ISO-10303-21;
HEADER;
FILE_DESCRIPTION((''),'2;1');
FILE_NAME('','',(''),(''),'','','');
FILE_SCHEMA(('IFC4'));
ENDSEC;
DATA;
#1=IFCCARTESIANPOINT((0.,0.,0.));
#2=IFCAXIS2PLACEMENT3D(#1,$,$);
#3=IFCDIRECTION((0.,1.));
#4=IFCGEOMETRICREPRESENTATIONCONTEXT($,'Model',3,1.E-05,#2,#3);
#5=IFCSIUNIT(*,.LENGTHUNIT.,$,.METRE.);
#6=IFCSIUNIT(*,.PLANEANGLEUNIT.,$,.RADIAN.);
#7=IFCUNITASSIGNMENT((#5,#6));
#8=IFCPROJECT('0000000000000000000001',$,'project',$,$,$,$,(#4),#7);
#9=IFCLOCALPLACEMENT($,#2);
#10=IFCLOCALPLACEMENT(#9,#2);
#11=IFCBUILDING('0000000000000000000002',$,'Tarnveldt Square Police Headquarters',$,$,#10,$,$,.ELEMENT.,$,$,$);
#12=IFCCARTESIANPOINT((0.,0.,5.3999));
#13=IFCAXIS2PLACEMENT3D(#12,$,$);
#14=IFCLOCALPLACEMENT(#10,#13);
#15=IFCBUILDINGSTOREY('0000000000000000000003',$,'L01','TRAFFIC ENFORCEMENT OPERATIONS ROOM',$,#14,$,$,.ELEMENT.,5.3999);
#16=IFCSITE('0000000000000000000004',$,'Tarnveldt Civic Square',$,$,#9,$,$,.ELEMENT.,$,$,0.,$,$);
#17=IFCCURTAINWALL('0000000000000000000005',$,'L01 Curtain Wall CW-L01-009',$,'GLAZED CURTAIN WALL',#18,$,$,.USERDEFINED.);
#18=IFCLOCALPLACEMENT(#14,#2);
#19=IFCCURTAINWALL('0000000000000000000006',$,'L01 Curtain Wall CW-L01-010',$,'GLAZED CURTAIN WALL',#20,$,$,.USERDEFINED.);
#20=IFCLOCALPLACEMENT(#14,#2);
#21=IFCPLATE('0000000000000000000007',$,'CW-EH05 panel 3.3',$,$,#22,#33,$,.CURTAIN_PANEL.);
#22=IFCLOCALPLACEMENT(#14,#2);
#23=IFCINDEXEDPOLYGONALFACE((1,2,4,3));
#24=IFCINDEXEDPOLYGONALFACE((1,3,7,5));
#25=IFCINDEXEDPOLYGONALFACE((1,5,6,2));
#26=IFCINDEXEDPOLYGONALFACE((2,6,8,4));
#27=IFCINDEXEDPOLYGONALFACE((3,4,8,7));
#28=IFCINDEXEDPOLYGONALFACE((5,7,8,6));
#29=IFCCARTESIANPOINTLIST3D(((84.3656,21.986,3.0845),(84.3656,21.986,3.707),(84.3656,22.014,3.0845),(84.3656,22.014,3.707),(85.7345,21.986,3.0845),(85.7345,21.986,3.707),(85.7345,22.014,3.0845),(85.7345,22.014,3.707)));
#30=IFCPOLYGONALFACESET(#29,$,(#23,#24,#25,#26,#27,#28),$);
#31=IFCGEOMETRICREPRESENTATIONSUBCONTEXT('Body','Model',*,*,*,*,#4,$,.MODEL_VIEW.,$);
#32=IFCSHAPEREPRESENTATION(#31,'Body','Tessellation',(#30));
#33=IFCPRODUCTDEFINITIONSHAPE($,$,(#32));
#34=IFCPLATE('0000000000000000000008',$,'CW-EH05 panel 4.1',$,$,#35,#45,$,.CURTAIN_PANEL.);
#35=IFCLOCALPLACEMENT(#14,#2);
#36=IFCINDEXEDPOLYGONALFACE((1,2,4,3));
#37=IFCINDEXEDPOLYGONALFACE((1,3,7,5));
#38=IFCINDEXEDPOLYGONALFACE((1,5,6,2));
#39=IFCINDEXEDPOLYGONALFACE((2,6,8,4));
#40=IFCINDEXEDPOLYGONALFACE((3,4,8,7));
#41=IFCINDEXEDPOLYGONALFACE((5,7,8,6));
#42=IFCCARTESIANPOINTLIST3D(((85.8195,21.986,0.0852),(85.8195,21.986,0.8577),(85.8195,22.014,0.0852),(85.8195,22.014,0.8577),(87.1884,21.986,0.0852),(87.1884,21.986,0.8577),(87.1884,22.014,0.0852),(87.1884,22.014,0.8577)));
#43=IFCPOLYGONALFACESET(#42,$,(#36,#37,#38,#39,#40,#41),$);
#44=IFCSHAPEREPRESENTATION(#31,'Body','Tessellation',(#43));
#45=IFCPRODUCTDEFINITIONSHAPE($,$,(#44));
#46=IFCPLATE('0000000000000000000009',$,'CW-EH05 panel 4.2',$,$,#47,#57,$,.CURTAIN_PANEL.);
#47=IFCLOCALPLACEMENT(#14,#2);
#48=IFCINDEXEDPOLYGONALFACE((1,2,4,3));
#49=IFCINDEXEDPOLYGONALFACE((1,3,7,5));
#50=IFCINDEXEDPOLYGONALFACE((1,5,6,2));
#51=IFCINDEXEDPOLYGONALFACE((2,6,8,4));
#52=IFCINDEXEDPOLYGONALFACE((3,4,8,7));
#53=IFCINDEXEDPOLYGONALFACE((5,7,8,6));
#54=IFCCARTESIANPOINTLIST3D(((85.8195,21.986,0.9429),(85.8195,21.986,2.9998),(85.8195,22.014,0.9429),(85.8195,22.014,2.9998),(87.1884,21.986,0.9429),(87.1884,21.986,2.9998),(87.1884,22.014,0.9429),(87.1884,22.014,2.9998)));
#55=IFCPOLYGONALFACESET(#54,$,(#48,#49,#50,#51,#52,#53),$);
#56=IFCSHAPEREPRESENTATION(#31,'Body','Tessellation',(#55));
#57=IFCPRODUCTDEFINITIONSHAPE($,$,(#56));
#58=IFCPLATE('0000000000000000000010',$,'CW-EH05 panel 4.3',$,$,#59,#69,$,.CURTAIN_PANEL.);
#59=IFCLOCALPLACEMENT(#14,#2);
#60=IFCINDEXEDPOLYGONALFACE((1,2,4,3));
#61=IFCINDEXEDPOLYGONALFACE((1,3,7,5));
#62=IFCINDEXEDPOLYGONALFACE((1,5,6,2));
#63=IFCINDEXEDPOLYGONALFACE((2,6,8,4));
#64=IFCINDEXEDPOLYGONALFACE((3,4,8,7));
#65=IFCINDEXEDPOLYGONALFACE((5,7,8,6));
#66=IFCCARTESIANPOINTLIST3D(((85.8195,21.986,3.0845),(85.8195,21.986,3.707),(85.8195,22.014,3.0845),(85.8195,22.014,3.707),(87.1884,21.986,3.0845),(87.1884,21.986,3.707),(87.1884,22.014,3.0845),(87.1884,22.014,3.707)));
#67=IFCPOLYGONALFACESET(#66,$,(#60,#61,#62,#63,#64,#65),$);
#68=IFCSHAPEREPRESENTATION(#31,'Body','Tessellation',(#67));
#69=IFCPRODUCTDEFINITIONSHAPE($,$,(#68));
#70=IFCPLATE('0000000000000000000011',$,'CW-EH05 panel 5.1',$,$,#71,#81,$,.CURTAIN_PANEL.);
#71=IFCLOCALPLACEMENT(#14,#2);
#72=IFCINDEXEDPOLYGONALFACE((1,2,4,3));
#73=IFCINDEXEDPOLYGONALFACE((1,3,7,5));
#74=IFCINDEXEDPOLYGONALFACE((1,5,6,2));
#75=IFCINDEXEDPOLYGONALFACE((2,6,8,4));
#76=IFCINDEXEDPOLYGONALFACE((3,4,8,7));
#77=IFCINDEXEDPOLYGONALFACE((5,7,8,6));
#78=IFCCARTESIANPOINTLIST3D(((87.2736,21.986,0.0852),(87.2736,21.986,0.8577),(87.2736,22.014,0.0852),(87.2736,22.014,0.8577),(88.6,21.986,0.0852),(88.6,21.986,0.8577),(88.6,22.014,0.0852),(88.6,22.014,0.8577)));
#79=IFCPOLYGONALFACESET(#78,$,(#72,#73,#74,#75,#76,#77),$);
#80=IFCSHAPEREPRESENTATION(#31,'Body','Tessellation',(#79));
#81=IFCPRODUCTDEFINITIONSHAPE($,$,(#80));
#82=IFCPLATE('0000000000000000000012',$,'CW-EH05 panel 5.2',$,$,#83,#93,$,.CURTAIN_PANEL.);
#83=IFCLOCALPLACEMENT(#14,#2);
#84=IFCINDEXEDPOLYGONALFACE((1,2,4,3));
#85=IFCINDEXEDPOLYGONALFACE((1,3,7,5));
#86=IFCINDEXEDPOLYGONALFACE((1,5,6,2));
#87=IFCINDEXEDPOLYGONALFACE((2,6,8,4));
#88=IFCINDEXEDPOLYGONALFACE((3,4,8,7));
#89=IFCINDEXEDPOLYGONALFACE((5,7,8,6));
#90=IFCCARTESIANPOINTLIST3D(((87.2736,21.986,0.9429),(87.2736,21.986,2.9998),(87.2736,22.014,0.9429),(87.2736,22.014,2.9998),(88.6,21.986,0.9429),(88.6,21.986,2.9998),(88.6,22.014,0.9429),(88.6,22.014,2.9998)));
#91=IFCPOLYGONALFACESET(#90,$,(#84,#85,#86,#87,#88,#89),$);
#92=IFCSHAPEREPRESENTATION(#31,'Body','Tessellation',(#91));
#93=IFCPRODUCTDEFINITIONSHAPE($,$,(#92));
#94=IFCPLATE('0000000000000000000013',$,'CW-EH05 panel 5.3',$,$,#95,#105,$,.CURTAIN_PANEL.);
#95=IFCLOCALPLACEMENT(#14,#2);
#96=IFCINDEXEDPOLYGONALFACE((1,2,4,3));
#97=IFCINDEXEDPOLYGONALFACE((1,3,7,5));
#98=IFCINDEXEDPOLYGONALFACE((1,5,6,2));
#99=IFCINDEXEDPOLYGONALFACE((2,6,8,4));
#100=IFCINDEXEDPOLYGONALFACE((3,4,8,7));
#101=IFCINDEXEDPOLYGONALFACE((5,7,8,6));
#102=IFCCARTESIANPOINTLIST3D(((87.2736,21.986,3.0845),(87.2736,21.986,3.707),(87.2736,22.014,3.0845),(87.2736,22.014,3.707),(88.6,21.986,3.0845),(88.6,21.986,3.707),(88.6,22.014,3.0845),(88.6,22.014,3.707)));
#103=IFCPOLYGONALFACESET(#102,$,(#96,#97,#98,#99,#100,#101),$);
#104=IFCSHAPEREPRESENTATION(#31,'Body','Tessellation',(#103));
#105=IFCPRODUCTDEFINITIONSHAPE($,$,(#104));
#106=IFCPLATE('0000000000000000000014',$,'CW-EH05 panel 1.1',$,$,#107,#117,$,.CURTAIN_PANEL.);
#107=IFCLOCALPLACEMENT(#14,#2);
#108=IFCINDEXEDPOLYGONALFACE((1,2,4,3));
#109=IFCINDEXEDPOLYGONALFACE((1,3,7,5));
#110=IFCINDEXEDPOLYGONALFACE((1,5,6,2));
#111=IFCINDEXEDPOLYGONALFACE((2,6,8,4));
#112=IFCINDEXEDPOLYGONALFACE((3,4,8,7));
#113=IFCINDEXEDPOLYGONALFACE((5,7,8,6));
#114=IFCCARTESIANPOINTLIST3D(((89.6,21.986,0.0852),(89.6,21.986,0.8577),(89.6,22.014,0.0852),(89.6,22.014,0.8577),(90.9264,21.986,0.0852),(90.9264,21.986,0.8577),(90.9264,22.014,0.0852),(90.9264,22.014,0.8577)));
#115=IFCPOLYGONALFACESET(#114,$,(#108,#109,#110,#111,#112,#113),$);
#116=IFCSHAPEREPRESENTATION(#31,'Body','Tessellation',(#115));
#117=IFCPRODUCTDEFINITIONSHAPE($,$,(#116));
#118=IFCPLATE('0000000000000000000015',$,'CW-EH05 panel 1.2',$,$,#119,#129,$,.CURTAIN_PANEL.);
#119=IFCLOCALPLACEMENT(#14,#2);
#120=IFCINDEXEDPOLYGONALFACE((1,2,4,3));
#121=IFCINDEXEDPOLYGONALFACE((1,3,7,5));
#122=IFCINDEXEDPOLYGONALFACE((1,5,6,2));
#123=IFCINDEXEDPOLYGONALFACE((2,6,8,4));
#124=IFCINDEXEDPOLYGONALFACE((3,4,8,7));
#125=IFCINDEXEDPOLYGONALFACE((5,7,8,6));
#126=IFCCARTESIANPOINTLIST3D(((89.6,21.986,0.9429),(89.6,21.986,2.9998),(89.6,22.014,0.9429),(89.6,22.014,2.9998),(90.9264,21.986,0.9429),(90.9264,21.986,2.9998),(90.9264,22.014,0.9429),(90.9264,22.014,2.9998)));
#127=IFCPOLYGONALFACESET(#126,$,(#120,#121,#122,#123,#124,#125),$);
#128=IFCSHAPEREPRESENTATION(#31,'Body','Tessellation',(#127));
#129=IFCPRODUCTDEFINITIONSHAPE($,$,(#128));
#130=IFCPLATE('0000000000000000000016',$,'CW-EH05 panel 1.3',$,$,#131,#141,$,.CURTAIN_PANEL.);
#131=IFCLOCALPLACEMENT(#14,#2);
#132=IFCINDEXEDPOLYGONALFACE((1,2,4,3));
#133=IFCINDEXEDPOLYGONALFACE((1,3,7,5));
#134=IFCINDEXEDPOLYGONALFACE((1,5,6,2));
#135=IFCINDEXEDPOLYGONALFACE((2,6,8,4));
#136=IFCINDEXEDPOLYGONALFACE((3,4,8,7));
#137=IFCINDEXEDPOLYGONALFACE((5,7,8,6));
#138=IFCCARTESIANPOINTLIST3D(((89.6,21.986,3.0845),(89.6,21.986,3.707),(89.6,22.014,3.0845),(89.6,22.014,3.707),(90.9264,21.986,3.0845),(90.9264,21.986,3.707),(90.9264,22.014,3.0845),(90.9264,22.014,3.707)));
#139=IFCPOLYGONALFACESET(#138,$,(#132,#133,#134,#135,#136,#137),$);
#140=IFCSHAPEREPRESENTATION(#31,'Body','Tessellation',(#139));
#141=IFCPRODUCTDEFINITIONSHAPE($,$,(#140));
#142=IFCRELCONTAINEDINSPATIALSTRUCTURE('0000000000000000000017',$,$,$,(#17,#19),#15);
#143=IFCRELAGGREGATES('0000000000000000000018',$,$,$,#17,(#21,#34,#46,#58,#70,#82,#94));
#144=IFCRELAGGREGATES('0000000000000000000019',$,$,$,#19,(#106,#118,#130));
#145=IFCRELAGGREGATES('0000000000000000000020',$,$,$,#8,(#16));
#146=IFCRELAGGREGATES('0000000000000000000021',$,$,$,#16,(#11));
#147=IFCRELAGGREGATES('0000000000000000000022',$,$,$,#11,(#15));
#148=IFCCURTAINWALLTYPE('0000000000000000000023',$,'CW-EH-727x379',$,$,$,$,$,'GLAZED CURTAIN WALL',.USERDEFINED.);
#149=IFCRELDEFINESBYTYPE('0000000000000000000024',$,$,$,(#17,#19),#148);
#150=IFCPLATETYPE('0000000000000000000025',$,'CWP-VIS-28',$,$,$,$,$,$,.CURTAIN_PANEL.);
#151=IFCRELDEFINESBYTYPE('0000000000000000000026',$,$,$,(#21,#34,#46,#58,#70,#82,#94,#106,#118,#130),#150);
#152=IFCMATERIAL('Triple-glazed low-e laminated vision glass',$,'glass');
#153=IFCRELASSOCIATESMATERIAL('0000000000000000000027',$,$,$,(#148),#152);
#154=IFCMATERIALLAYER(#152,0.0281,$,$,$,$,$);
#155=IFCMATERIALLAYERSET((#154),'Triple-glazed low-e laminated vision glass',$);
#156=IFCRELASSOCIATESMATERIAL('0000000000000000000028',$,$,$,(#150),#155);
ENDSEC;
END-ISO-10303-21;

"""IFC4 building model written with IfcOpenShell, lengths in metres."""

from ifc_helpers import new_model, si_unit, direction, frame, origin, origin_2d, place, context, subcontext, project, spatial, rectangle, extrude, material, layer, layer_set, type_object, element, aggregate, save


model = new_model("IFC4")

# Units and contexts
model_context = context("Model", 3, precision=1e-05, world=origin(), true_north=direction((0.0, 1.0)))
body_context = subcontext(model_context, "Body", "Model", "MODEL_VIEW")
ifc_project = project(units=[si_unit("LENGTHUNIT", "METRE"), si_unit("PLANEANGLEUNIT", "RADIAN")], contexts=[model_context])

# Site, building, storey
site_placement = place(None, origin())
site = spatial("IfcSite", under=ifc_project, at=site_placement, Name="Tarnveldt Civic Square", CompositionType="ELEMENT", RefElevation=0.0)
building_placement = place(site_placement, origin())
building = spatial("IfcBuilding", under=site, at=building_placement, Name="Tarnveldt Square Police Headquarters", CompositionType="ELEMENT")
storey_placement = place(building_placement, frame((0.0, 0.0, 5.3999)))
storey = spatial("IfcBuildingStorey", under=building, at=storey_placement, Name="L01", Description="TRAFFIC ENFORCEMENT OPERATIONS ROOM", CompositionType="ELEMENT", Elevation=5.3999)

# Curtain walls
ifc_material_1 = material(Name="Triple-glazed low-e laminated vision glass", Category="glass")
curtain_wall_type = type_object("IfcCurtainWallType", Name="CW-EH-727x379", ElementType="GLAZED CURTAIN WALL", PredefinedType="USERDEFINED", material=ifc_material_1)
curtain_wall_1_placement = place(storey_placement, origin())
curtain_wall_1 = element("IfcCurtainWall", 1, at=curtain_wall_1_placement, inside=storey, type_object=curtain_wall_type, Name="L01 Curtain Wall CW-L01-009", ObjectType="GLAZED CURTAIN WALL", PredefinedType="USERDEFINED")
curtain_wall_2_placement = place(storey_placement, origin())
curtain_wall_2 = element("IfcCurtainWall", 2, at=curtain_wall_2_placement, inside=storey, type_object=curtain_wall_type, Name="L01 Curtain Wall CW-L01-010", ObjectType="GLAZED CURTAIN WALL", PredefinedType="USERDEFINED")

# Plates
ifc_layer = layer(ifc_material_1, 0.0281)
ifc_layer_set = layer_set([ifc_layer], Name="Triple-glazed low-e laminated vision glass")
plate_type = type_object("IfcPlateType", Name="CWP-VIS-28", PredefinedType="CURTAIN_PANEL", material=ifc_layer_set)
plate_1_placement = place(storey_placement, frame((85.05, 22.0, 3.0845), z_axis=(0.0, 0.0, 1.0), x_axis=(1.0, 0.0, 0.0)))
plate_1 = element("IfcPlate", 3, at=plate_1_placement, type_object=plate_type, Name="CW-EH05 panel 3.3", PredefinedType="CURTAIN_PANEL", context=body_context, shape_type="SweptSolid", body=[
    extrude(rectangle(XDim=1.3689, YDim=0.0281, at=origin_2d()), origin(), (0.0, 0.0, 1.0), 0.6226),
])
plate_2_placement = place(storey_placement, frame((86.5039, 22.0, 0.0852), z_axis=(0.0, 0.0, 1.0), x_axis=(1.0, 0.0, 0.0)))
plate_2 = element("IfcPlate", 4, at=plate_2_placement, type_object=plate_type, Name="CW-EH05 panel 4.1", PredefinedType="CURTAIN_PANEL", context=body_context, shape_type="SweptSolid", body=[
    extrude(rectangle(XDim=1.3689, YDim=0.0281, at=origin_2d()), origin(), (0.0, 0.0, 1.0), 0.7725),
])
plate_3_placement = place(storey_placement, frame((86.5039, 22.0, 0.9429), z_axis=(0.0, 0.0, 1.0), x_axis=(1.0, 0.0, 0.0)))
plate_3 = element("IfcPlate", 5, at=plate_3_placement, type_object=plate_type, Name="CW-EH05 panel 4.2", PredefinedType="CURTAIN_PANEL", context=body_context, shape_type="SweptSolid", body=[
    extrude(rectangle(XDim=1.3689, YDim=0.0281, at=origin_2d()), origin(), (0.0, 0.0, 1.0), 2.0569),
])
plate_4_placement = place(storey_placement, frame((86.5039, 22.0, 3.0845), z_axis=(0.0, 0.0, 1.0), x_axis=(1.0, 0.0, 0.0)))
plate_4 = element("IfcPlate", 6, at=plate_4_placement, type_object=plate_type, Name="CW-EH05 panel 4.3", PredefinedType="CURTAIN_PANEL", context=body_context, shape_type="SweptSolid", body=[
    extrude(rectangle(XDim=1.3689, YDim=0.0281, at=origin_2d()), origin(), (0.0, 0.0, 1.0), 0.6226),
])
plate_5_placement = place(storey_placement, frame((87.9368, 22.0, 0.0852), z_axis=(0.0, 0.0, 1.0), x_axis=(1.0, 0.0, 0.0)))
plate_5 = element("IfcPlate", 7, at=plate_5_placement, type_object=plate_type, Name="CW-EH05 panel 5.1", PredefinedType="CURTAIN_PANEL", context=body_context, shape_type="SweptSolid", body=[
    extrude(rectangle(XDim=1.3264, YDim=0.0281, at=origin_2d()), origin(), (0.0, 0.0, 1.0), 0.7725),
])
plate_6_placement = place(storey_placement, frame((87.9368, 22.0, 0.9429), z_axis=(0.0, 0.0, 1.0), x_axis=(1.0, 0.0, 0.0)))
plate_6 = element("IfcPlate", 8, at=plate_6_placement, type_object=plate_type, Name="CW-EH05 panel 5.2", PredefinedType="CURTAIN_PANEL", context=body_context, shape_type="SweptSolid", body=[
    extrude(rectangle(XDim=1.3264, YDim=0.0281, at=origin_2d()), origin(), (0.0, 0.0, 1.0), 2.0569),
])
plate_7_placement = place(storey_placement, frame((87.9368, 22.0, 3.0845), z_axis=(0.0, 0.0, 1.0), x_axis=(1.0, 0.0, 0.0)))
plate_7 = element("IfcPlate", 9, at=plate_7_placement, type_object=plate_type, Name="CW-EH05 panel 5.3", PredefinedType="CURTAIN_PANEL", context=body_context, shape_type="SweptSolid", body=[
    extrude(rectangle(XDim=1.3264, YDim=0.0281, at=origin_2d()), origin(), (0.0, 0.0, 1.0), 0.6226),
])
aggregate(curtain_wall_1, [plate_1, plate_2, plate_3, plate_4, plate_5, plate_6, plate_7])
plate_8_placement = place(storey_placement, frame((90.2632, 22.0, 0.0852), z_axis=(0.0, 0.0, 1.0), x_axis=(1.0, 0.0, 0.0)))
plate_8 = element("IfcPlate", 10, at=plate_8_placement, type_object=plate_type, Name="CW-EH05 panel 1.1", PredefinedType="CURTAIN_PANEL", context=body_context, shape_type="SweptSolid", body=[
    extrude(rectangle(XDim=1.3264, YDim=0.0281, at=origin_2d()), origin(), (0.0, 0.0, 1.0), 0.7725),
])
plate_9_placement = place(storey_placement, frame((90.2632, 22.0, 0.9429), z_axis=(0.0, 0.0, 1.0), x_axis=(1.0, 0.0, 0.0)))
plate_9 = element("IfcPlate", 11, at=plate_9_placement, type_object=plate_type, Name="CW-EH05 panel 1.2", PredefinedType="CURTAIN_PANEL", context=body_context, shape_type="SweptSolid", body=[
    extrude(rectangle(XDim=1.3264, YDim=0.0281, at=origin_2d()), origin(), (0.0, 0.0, 1.0), 2.0569),
])
plate_10_placement = place(storey_placement, frame((90.2632, 22.0, 3.0845), z_axis=(0.0, 0.0, 1.0), x_axis=(1.0, 0.0, 0.0)))
plate_10 = element("IfcPlate", 12, at=plate_10_placement, type_object=plate_type, Name="CW-EH05 panel 1.3", PredefinedType="CURTAIN_PANEL", context=body_context, shape_type="SweptSolid", body=[
    extrude(rectangle(XDim=1.3264, YDim=0.0281, at=origin_2d()), origin(), (0.0, 0.0, 1.0), 0.6226),
])
aggregate(curtain_wall_2, [plate_8, plate_9, plate_10])

save(model, "model.ifc")
